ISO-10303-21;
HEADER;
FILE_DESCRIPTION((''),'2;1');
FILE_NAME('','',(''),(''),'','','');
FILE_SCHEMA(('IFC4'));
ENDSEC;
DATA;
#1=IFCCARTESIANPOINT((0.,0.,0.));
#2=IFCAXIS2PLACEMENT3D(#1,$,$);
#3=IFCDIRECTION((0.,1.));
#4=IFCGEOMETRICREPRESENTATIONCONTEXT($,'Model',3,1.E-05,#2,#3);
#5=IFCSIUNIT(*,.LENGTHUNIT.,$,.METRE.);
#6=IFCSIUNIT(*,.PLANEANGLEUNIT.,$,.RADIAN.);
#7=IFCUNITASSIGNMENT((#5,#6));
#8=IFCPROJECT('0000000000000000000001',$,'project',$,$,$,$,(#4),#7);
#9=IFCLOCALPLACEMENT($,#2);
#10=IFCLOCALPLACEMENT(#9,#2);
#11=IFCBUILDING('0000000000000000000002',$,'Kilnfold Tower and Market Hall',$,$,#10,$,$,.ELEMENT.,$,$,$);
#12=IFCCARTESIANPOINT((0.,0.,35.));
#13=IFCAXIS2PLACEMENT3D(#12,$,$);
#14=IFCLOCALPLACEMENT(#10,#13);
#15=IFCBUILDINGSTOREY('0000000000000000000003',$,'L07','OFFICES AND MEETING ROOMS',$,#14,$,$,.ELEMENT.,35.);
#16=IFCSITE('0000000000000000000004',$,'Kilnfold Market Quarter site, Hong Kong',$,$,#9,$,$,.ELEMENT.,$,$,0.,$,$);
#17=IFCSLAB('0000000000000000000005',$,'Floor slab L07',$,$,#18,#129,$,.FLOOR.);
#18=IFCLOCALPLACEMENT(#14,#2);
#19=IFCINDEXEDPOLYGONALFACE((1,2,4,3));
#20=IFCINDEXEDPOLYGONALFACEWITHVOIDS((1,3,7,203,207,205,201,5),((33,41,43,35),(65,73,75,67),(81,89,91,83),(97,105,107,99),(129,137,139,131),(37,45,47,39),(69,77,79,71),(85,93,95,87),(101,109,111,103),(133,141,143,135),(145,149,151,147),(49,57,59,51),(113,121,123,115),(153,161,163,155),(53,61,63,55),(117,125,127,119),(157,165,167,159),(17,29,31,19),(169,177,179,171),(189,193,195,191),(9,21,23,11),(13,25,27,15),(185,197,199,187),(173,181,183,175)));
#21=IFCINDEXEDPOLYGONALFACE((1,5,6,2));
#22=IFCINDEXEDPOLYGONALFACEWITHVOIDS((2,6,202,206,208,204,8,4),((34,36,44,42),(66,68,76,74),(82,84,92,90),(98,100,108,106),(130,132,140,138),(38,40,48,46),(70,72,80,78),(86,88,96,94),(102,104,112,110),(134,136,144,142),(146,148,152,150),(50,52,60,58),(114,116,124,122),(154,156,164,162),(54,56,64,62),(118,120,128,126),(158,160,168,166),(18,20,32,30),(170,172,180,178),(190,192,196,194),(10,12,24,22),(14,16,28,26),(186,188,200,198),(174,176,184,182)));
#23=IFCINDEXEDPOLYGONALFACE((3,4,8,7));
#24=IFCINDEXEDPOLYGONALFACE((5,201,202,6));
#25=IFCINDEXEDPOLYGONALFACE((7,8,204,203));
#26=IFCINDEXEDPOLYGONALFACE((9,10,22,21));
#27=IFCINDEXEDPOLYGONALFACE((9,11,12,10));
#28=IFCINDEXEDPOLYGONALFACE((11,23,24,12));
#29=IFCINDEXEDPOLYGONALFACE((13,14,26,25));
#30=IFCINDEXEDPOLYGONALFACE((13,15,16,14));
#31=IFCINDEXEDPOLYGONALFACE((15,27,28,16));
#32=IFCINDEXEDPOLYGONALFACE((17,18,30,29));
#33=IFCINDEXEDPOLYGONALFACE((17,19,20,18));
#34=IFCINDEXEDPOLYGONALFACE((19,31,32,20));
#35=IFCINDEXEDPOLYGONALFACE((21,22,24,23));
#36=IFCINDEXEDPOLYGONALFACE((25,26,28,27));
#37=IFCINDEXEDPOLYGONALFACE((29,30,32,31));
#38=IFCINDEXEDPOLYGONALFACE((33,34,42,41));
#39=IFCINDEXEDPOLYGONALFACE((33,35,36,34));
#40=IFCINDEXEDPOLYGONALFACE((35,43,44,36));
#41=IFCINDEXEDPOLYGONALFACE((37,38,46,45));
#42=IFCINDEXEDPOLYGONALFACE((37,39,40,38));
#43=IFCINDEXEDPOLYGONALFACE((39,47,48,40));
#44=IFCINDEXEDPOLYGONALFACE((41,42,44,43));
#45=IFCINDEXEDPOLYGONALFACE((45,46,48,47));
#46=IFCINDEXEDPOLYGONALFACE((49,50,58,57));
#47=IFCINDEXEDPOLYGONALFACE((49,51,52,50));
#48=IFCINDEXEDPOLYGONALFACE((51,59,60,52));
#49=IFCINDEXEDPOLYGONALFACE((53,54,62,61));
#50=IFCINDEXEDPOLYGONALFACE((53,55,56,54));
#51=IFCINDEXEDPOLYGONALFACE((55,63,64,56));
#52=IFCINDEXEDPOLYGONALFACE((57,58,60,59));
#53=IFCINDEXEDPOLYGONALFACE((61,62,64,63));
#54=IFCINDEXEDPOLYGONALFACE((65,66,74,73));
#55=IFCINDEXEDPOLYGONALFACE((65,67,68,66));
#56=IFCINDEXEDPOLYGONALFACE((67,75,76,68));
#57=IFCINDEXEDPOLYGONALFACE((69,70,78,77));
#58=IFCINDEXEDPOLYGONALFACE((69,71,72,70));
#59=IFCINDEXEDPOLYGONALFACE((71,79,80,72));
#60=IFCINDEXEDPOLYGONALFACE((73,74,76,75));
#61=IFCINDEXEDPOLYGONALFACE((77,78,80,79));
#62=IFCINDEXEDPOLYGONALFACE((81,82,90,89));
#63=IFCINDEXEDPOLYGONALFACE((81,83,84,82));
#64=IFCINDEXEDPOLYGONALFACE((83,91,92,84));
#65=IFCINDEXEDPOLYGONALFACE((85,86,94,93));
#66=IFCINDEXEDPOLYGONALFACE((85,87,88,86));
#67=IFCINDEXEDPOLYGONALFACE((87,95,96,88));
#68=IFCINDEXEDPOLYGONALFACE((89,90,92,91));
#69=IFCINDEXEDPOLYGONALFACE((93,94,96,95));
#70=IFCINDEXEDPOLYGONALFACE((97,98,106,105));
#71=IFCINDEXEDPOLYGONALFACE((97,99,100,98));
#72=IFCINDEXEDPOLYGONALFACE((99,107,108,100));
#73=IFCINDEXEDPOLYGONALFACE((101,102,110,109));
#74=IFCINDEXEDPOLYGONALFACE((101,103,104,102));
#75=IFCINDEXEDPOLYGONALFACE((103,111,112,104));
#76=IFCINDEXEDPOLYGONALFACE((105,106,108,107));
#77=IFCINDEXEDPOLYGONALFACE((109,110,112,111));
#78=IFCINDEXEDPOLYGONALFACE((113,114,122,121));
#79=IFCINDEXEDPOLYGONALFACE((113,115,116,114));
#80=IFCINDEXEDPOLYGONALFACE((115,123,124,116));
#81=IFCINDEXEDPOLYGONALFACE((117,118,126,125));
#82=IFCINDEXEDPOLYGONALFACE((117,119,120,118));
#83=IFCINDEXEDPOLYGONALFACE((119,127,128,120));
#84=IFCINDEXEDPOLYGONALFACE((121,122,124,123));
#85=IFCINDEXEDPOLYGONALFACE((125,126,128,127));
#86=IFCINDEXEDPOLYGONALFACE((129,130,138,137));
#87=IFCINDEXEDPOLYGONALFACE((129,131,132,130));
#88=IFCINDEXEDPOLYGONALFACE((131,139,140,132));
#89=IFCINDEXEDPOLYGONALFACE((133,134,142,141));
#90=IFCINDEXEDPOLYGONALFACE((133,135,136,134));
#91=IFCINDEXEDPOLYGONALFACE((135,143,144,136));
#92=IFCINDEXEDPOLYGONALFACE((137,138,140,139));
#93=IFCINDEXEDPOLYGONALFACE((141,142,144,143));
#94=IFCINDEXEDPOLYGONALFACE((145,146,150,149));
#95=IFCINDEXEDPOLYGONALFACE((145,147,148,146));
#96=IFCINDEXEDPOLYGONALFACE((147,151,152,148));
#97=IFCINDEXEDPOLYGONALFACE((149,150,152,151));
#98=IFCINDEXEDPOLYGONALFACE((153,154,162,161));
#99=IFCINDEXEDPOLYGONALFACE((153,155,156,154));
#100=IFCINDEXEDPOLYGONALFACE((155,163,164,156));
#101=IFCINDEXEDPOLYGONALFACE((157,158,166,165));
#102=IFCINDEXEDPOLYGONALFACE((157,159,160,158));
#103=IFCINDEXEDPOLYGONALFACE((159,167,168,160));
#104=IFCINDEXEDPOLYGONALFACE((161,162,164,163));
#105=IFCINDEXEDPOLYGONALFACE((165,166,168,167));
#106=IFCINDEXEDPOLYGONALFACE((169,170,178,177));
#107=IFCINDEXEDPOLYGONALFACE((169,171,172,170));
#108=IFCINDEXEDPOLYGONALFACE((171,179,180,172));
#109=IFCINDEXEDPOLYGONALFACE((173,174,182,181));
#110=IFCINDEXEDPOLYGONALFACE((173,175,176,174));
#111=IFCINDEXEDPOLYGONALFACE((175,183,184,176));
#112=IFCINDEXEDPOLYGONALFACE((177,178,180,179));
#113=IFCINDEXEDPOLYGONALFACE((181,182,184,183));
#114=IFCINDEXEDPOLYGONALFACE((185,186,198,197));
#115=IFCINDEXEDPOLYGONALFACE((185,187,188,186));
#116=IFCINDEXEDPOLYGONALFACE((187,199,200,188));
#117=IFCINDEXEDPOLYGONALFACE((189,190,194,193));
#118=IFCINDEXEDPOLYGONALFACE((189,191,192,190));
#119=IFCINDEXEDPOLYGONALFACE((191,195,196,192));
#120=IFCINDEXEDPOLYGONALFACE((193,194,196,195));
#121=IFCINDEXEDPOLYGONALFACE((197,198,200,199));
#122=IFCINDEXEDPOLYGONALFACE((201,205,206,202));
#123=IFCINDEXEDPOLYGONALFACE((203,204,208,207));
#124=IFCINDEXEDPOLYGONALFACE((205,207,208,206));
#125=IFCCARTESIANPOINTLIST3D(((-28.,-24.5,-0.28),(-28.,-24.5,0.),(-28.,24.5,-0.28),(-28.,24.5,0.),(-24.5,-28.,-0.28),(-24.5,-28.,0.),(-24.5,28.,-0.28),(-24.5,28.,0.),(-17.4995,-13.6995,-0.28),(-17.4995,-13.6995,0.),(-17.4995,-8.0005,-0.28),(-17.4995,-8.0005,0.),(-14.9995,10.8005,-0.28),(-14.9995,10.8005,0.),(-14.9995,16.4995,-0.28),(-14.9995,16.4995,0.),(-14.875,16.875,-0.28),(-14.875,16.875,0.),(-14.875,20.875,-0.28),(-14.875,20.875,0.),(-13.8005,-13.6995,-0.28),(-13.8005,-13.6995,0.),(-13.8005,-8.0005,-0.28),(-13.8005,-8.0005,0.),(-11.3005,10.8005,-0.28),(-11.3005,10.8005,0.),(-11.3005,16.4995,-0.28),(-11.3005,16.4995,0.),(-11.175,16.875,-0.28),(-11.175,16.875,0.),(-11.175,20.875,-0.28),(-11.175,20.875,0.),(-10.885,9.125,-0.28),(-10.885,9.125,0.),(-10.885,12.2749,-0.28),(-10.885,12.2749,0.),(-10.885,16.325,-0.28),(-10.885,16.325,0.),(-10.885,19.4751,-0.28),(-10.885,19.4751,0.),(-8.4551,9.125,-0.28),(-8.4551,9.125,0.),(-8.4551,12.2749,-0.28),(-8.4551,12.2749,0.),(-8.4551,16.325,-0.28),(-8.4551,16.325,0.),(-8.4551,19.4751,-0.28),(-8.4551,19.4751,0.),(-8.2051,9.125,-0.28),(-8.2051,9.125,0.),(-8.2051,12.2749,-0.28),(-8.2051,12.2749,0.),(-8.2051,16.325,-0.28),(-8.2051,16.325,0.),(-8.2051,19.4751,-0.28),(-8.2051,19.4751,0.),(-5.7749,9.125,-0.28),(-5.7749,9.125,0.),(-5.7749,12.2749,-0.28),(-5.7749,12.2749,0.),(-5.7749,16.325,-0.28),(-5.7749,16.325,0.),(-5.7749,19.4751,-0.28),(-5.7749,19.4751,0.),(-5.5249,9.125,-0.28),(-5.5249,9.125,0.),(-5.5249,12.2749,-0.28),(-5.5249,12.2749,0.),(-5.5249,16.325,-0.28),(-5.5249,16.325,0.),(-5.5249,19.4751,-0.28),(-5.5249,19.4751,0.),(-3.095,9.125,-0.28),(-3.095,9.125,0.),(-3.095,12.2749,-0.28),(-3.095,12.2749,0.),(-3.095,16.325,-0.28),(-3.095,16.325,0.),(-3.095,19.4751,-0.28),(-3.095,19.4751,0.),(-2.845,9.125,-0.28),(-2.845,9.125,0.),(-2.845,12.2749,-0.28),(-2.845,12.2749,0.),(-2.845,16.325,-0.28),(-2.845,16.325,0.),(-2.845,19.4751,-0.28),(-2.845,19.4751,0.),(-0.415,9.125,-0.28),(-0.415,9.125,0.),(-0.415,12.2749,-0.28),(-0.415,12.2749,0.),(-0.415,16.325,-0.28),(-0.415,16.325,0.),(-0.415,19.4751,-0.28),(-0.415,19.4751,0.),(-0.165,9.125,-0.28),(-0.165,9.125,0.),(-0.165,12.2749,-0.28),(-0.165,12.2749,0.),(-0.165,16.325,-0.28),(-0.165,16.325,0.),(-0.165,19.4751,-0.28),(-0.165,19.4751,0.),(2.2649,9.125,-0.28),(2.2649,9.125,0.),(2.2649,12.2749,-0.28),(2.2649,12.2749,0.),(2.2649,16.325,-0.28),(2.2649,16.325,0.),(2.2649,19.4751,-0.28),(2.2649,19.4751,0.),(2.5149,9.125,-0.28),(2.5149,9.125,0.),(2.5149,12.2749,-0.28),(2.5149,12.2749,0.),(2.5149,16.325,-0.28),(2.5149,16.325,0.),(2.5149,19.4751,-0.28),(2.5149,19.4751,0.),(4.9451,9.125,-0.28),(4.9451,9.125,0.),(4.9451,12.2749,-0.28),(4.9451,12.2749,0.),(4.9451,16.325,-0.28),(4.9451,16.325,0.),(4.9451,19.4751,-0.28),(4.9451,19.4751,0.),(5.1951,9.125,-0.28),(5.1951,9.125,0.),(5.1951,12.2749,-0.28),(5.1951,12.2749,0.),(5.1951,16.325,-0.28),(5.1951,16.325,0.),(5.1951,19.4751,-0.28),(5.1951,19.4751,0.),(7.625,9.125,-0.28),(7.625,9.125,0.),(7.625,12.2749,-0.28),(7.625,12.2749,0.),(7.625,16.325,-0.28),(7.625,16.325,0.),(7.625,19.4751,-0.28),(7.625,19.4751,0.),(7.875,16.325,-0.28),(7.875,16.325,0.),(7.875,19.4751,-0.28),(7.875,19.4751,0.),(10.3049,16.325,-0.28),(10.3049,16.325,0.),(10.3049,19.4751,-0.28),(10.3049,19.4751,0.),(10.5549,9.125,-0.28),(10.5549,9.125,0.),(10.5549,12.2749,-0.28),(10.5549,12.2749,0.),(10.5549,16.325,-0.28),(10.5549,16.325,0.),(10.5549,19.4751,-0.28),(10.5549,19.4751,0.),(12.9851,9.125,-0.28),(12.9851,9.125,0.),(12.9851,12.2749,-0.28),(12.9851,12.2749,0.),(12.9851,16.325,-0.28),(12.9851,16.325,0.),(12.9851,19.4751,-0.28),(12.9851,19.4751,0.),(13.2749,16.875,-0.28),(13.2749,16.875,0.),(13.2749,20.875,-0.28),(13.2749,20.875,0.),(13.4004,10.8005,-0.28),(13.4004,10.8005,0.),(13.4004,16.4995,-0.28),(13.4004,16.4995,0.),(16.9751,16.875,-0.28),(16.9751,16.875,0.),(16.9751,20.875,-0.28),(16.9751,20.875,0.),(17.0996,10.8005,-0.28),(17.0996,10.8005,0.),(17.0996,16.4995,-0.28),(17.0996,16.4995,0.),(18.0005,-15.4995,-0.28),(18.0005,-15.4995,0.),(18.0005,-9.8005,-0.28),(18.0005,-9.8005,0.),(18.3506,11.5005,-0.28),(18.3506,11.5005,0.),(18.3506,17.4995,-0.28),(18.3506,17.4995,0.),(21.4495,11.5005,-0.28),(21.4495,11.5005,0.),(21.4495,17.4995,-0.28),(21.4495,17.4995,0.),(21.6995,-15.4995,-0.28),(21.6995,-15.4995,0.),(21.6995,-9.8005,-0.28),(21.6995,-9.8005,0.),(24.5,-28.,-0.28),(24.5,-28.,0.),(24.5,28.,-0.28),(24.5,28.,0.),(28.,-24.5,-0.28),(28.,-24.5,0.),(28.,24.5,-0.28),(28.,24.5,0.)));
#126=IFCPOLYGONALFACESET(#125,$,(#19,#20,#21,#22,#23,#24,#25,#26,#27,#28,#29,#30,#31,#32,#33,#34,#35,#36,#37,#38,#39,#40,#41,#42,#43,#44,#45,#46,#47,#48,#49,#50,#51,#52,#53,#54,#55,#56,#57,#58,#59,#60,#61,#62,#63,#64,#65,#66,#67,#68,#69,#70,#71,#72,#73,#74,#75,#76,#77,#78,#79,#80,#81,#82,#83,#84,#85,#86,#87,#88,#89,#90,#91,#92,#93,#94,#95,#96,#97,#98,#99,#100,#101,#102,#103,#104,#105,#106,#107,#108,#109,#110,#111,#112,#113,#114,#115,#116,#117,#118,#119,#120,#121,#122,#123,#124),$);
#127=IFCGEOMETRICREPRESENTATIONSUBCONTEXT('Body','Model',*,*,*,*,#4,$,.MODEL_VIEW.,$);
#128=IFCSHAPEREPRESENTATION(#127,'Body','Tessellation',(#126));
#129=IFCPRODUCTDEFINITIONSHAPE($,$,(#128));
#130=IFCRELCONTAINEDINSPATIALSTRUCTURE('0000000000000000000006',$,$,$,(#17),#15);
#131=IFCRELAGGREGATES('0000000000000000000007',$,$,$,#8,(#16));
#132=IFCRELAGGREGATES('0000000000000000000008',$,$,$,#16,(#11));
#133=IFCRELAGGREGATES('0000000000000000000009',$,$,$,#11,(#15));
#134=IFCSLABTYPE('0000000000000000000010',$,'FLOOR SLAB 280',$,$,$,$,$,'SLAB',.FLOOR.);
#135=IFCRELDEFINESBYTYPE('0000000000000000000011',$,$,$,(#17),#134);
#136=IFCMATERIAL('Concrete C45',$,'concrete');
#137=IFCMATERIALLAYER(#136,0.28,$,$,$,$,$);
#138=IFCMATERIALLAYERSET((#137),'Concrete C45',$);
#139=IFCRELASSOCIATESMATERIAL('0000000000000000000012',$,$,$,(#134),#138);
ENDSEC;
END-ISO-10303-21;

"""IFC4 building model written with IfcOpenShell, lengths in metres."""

from ifc_helpers import new_model, si_unit, direction, frame, origin, place, context, subcontext, project, spatial, polyline, outline, extrude, source, transform, mapped, material, layer, layer_set, type_object, element, save


model = new_model("IFC4")

# Units and contexts
model_context = context("Model", 3, precision=1e-05, world=origin(), true_north=direction((0.0, 1.0)))
body_context = subcontext(model_context, "Body", "Model", "MODEL_VIEW")
ifc_project = project(units=[si_unit("LENGTHUNIT", "METRE"), si_unit("PLANEANGLEUNIT", "RADIAN")], contexts=[model_context])

# Site, building, storey
site_placement = place(None, origin())
site = spatial("IfcSite", under=ifc_project, at=site_placement, Name="Kilnfold Market Quarter site, Hong Kong", CompositionType="ELEMENT", RefElevation=0.0)
building_placement = place(site_placement, origin())
building = spatial("IfcBuilding", under=site, at=building_placement, Name="Kilnfold Tower and Market Hall", CompositionType="ELEMENT")
storey_placement = place(building_placement, frame((0.0, 0.0, 35.0)))
storey = spatial("IfcBuildingStorey", under=building, at=storey_placement, Name="L07", Description="OFFICES AND MEETING ROOMS", CompositionType="ELEMENT", Elevation=35.0)

# Slab
ifc_material_1 = material(Name="Concrete C45", Category="concrete")
ifc_layer_1 = layer(ifc_material_1, 0.28)
ifc_layer_set_1 = layer_set([ifc_layer_1], Name="Concrete C45")
slab_type_1 = type_object("IfcSlabType", Name="FLOOR SLAB 280", ElementType="SLAB", PredefinedType="FLOOR", material=ifc_layer_set_1)
shared_shape_1 = source(origin(), body_context, "Body", "SweptSolid", [
    extrude(outline(polyline([(-24.5, -28.0), (24.5, -28.0), (28.0, -24.5), (28.0, 24.5), (24.5, 28.0), (-24.5, 28.0), (-28.0, 24.5), (-28.0, -24.5), (-24.5, -28.0)]), holes=[polyline([(-13.8005, -13.6995), (-17.4995, -13.6995), (-17.4995, -8.0005), (-13.8005, -8.0005), (-13.8005, -13.6995)]), polyline([(-14.9995, 10.8005), (-14.9995, 16.4995), (-11.3005, 16.4995), (-11.3005, 10.8005), (-14.9995, 10.8005)]), polyline([(-14.875, 16.875), (-14.875, 20.875), (-11.175, 20.875), (-11.175, 16.875), (-14.875, 16.875)]), polyline([(-10.885, 9.125), (-10.885, 12.2749), (-8.4551, 12.2749), (-8.4551, 9.125), (-10.885, 9.125)]), polyline([(-8.4551, 16.325), (-10.885, 16.325), (-10.885, 19.4751), (-8.4551, 19.4751), (-8.4551, 16.325)]), polyline([(-8.2051, 9.125), (-8.2051, 12.2749), (-5.7749, 12.2749), (-5.7749, 9.125), (-8.2051, 9.125)]), polyline([(-8.2051, 16.325), (-8.2051, 19.4751), (-5.7749, 19.4751), (-5.7749, 16.325), (-8.2051, 16.325)]), polyline([(-3.095, 9.125), (-5.5249, 9.125), (-5.5249, 12.2749), (-3.095, 12.2749), (-3.095, 9.125)]), polyline([(-5.5249, 16.325), (-5.5249, 19.4751), (-3.095, 19.4751), (-3.095, 16.325), (-5.5249, 16.325)]), polyline([(-2.845, 9.125), (-2.845, 12.2749), (-0.415, 12.2749), (-0.415, 9.125), (-2.845, 9.125)]), polyline([(-0.415, 16.325), (-2.845, 16.325), (-2.845, 19.4751), (-0.415, 19.4751), (-0.415, 16.325)]), polyline([(-0.165, 9.125), (-0.165, 12.2749), (2.2649, 12.2749), (2.2649, 9.125), (-0.165, 9.125)]), polyline([(-0.165, 16.325), (-0.165, 19.4751), (2.2649, 19.4751), (2.2649, 16.325), (-0.165, 16.325)]), polyline([(2.5149, 9.125), (2.5149, 12.2749), (4.9451, 12.2749), (4.9451, 9.125), (2.5149, 9.125)]), polyline([(2.5149, 16.325), (2.5149, 19.4751), (4.9451, 19.4751), (4.9451, 16.325), (2.5149, 16.325)]), polyline([(7.625, 9.125), (5.1951, 9.125), (5.1951, 12.2749), (7.625, 12.2749), (7.625, 9.125)]), polyline([(5.1951, 16.325), (5.1951, 19.4751), (7.625, 19.4751), (7.625, 16.325), (5.1951, 16.325)]), polyline([(10.3049, 16.325), (7.875, 16.325), (7.875, 19.4751), (10.3049, 19.4751), (10.3049, 16.325)]), polyline([(10.5549, 9.125), (10.5549, 12.2749), (12.9851, 12.2749), (12.9851, 9.125), (10.5549, 9.125)]), polyline([(10.5549, 16.325), (10.5549, 19.4751), (12.9851, 19.4751), (12.9851, 16.325), (10.5549, 16.325)]), polyline([(13.2749, 16.875), (13.2749, 20.875), (16.9751, 20.875), (16.9751, 16.875), (13.2749, 16.875)]), polyline([(13.4004, 10.8005), (13.4004, 16.4995), (17.0996, 16.4995), (17.0996, 10.8005), (13.4004, 10.8005)]), polyline([(18.0005, -9.8005), (21.6995, -9.8005), (21.6995, -15.4995), (18.0005, -15.4995), (18.0005, -9.8005)]), polyline([(21.4495, 11.5005), (18.3506, 11.5005), (18.3506, 17.4995), (21.4495, 17.4995), (21.4495, 11.5005)])]), origin(), (0.0, 0.0, 1.0), 0.28),
])
slab_1_placement = place(storey_placement, frame((0.0, 0.0, -0.28)))
element("IfcSlab", 1, at=slab_1_placement, inside=storey, type_object=slab_type_1, Name="Floor slab L07", PredefinedType="FLOOR", context=body_context, shape_type="MappedRepresentation", body=[
    mapped(shared_shape_1, transform((0.0, 0.0, 0.0))),
])

save(model, "model.ifc")
